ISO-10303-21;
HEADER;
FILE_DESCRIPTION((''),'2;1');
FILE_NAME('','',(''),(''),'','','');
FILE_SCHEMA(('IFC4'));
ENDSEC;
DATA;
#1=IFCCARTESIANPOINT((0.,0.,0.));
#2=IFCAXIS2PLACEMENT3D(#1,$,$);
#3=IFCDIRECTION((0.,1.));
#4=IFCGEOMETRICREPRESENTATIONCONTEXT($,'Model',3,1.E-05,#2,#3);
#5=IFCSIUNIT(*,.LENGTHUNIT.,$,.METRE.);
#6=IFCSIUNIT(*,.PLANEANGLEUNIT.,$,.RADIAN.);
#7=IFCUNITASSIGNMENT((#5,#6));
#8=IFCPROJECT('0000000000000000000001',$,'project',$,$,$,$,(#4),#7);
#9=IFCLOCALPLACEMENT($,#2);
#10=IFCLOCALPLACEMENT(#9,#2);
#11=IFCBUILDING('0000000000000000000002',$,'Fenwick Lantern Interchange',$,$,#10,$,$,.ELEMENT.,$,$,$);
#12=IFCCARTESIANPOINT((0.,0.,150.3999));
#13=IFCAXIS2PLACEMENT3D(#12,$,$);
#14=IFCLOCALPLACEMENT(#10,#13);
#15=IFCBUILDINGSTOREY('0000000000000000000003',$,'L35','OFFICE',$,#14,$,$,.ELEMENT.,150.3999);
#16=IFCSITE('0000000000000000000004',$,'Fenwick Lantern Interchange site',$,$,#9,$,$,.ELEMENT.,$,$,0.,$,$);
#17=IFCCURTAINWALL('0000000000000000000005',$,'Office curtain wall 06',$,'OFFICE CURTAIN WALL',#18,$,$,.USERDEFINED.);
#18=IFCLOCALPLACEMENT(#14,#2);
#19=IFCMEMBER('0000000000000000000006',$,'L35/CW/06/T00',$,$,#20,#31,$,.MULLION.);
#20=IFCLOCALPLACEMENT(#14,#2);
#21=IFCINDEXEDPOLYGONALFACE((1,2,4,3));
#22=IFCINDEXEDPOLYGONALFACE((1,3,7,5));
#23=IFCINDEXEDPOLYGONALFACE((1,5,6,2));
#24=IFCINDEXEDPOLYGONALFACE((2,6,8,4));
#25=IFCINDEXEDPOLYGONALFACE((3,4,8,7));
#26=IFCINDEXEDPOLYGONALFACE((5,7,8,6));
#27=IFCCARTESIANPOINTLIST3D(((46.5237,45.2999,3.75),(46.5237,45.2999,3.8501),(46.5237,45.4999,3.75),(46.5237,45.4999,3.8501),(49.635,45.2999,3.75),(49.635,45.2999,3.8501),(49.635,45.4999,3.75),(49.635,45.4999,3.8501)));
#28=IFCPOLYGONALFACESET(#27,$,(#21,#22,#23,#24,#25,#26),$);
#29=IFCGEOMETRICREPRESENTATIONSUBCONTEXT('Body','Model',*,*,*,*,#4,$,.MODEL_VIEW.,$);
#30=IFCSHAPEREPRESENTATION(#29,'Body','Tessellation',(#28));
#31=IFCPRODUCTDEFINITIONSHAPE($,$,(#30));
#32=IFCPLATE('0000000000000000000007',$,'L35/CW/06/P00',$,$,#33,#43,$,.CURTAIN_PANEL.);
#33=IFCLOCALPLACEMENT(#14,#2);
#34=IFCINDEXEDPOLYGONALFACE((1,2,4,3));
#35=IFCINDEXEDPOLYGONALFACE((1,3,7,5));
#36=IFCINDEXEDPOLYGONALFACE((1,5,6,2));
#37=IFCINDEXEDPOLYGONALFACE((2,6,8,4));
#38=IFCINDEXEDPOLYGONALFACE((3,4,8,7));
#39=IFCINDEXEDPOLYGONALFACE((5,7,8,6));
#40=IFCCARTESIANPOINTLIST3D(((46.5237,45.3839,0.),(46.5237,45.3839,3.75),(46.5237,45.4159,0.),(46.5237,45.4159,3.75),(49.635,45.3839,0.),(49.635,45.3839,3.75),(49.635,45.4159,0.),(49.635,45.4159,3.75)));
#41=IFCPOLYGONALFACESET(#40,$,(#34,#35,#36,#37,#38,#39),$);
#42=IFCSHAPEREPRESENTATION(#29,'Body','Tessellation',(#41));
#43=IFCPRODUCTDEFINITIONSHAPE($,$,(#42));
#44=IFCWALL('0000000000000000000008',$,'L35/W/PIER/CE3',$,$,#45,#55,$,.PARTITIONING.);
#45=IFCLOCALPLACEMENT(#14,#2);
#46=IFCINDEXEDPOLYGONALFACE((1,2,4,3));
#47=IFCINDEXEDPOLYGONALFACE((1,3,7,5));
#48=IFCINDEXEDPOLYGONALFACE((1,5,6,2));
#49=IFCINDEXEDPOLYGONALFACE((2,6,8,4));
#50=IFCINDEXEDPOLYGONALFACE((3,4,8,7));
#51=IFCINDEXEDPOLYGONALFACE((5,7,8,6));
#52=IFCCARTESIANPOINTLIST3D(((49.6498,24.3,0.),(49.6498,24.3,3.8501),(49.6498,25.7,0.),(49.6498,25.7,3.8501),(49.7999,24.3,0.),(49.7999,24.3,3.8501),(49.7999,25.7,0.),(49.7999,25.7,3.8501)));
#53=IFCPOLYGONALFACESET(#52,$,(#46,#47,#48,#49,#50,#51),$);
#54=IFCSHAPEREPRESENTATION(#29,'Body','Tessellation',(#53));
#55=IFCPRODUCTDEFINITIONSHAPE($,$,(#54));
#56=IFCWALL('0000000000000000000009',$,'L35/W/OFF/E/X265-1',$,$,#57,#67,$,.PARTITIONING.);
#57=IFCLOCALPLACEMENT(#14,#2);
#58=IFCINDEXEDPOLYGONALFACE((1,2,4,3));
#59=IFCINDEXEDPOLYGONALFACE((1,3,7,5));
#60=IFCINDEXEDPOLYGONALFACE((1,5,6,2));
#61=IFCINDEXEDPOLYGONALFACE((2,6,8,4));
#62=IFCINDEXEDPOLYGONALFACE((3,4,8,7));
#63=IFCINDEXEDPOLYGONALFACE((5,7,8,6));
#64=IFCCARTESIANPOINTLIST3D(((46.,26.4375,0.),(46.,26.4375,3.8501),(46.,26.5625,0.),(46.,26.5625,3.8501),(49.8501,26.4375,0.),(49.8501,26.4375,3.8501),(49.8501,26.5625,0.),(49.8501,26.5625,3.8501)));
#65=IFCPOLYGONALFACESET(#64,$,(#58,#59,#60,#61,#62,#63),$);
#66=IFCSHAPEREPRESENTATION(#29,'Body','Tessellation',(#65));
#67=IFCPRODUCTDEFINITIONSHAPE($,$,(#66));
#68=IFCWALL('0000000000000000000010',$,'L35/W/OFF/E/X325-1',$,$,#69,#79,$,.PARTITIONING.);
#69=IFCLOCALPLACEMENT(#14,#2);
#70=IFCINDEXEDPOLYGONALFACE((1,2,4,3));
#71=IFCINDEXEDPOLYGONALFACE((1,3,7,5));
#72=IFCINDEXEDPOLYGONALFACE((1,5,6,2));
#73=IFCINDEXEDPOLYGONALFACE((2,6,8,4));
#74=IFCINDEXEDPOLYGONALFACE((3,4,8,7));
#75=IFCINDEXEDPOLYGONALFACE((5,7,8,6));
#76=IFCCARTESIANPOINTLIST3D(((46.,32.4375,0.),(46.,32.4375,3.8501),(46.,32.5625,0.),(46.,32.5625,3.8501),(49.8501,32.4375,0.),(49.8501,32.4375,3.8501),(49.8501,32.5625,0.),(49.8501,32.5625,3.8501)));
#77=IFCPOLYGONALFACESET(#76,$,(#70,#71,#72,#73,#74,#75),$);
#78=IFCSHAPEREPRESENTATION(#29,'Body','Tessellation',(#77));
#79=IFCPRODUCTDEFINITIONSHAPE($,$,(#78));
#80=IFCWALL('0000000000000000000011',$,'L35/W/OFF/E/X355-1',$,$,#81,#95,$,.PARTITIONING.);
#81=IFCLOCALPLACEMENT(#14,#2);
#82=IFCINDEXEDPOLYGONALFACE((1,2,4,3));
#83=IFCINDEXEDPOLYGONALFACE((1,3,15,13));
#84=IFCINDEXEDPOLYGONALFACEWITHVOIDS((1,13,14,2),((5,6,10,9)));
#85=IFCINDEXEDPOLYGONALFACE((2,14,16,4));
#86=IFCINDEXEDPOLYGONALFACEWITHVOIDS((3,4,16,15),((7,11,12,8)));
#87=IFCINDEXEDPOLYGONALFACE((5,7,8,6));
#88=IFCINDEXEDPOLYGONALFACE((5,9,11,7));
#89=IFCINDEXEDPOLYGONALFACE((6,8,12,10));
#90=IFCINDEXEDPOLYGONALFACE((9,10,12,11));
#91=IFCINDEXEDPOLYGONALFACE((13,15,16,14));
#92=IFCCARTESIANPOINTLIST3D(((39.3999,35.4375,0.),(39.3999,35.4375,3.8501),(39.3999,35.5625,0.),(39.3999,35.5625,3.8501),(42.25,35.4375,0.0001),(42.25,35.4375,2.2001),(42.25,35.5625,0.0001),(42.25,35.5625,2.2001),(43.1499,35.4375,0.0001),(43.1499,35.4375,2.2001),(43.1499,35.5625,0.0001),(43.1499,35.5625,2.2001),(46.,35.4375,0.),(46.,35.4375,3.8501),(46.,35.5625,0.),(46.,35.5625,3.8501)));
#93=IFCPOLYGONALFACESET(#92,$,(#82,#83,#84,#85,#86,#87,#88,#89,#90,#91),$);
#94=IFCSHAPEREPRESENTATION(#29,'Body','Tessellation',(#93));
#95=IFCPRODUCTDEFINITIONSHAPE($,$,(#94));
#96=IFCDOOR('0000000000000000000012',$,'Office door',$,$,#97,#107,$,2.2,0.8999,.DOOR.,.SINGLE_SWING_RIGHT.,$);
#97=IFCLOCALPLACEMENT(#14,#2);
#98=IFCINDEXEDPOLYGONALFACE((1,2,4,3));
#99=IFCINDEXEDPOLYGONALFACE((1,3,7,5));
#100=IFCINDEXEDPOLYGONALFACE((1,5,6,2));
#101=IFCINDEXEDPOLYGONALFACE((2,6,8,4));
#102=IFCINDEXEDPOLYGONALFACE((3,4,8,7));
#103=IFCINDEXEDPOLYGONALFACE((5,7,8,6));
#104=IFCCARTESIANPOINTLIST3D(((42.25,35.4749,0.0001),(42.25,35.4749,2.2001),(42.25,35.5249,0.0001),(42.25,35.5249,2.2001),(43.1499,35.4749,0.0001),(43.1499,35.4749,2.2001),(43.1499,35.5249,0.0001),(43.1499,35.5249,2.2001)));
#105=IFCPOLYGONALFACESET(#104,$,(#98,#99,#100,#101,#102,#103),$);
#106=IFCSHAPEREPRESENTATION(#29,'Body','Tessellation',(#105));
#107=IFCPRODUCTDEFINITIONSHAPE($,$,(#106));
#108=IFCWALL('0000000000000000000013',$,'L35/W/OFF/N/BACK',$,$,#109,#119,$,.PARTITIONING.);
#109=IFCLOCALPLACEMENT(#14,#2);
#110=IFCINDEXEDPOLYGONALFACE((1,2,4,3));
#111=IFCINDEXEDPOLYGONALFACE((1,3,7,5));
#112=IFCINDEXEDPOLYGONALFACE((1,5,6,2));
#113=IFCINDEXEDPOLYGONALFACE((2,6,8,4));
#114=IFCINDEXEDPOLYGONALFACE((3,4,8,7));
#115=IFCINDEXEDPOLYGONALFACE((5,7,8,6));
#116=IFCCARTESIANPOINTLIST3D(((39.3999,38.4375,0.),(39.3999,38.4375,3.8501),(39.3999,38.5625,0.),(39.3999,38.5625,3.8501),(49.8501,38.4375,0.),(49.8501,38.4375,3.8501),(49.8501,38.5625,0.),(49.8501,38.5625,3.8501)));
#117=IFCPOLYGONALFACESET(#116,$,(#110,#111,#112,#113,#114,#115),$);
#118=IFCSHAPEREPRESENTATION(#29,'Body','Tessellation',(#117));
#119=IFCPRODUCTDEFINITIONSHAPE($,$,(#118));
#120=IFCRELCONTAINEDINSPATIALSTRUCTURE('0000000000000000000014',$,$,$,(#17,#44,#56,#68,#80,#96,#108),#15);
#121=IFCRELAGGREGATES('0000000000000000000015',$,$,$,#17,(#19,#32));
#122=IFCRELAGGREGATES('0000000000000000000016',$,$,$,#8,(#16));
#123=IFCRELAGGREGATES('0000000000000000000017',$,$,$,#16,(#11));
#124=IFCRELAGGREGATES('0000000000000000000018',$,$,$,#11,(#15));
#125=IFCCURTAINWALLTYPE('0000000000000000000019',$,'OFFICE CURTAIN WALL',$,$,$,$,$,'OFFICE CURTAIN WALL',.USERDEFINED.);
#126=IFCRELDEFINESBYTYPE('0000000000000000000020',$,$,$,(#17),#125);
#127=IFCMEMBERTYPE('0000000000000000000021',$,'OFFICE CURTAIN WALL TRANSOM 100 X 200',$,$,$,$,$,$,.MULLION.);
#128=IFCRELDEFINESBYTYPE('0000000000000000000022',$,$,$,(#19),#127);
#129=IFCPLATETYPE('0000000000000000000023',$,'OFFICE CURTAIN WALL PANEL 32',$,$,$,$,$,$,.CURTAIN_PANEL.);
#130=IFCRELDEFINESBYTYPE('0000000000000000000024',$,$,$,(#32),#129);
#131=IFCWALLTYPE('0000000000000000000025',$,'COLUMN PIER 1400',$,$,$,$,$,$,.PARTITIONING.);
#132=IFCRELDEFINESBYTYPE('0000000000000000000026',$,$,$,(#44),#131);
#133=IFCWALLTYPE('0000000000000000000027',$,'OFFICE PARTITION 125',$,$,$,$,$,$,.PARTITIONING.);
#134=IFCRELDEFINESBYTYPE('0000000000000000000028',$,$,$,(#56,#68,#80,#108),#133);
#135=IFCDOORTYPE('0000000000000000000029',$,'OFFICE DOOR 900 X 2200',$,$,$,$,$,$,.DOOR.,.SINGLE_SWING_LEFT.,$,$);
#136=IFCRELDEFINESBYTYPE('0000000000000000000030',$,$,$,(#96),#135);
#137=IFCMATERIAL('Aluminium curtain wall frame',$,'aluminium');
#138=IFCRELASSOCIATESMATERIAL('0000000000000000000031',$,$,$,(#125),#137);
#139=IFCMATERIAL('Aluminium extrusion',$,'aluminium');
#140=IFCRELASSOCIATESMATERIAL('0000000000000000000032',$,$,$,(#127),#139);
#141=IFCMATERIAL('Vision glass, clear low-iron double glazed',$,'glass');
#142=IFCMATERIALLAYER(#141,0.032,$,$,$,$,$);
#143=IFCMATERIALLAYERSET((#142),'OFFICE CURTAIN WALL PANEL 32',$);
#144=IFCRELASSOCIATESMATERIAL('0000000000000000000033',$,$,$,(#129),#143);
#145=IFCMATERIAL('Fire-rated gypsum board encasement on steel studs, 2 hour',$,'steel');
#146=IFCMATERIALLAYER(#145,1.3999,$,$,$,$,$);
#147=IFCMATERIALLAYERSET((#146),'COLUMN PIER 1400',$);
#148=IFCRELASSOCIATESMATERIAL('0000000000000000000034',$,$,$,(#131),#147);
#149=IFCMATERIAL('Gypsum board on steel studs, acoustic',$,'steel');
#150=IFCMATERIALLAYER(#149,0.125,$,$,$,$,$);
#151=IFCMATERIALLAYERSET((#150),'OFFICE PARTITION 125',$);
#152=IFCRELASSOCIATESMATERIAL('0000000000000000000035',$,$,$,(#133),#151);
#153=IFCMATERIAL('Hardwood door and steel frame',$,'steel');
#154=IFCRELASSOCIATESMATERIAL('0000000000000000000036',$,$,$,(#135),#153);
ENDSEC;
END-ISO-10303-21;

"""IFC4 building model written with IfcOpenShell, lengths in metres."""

from ifc_helpers import new_model, si_unit, direction, frame, frame_2d, origin, origin_2d, place, context, subcontext, project, spatial, rectangle, extrude, material, layer, layer_set, material_profile, profile_set, type_object, element, fill, aggregate, save


model = new_model("IFC4")

# Units and contexts
model_context = context("Model", 3, precision=1e-05, world=origin(), true_north=direction((0.0, 1.0)))
body_context = subcontext(model_context, "Body", "Model", "MODEL_VIEW")
ifc_project = project(units=[si_unit("LENGTHUNIT", "METRE"), si_unit("PLANEANGLEUNIT", "RADIAN")], contexts=[model_context])

# Site, building, storey
site_placement = place(None, origin())
site = spatial("IfcSite", under=ifc_project, at=site_placement, Name="Fenwick Lantern Interchange site", CompositionType="ELEMENT", RefElevation=0.0)
building_placement = place(site_placement, origin())
building = spatial("IfcBuilding", under=site, at=building_placement, Name="Fenwick Lantern Interchange", CompositionType="ELEMENT")
storey_placement = place(building_placement, frame((0.0, 0.0, 150.3999)))
storey = spatial("IfcBuildingStorey", under=building, at=storey_placement, Name="L35", Description="OFFICE", CompositionType="ELEMENT", Elevation=150.3999)

# Curtain wall
ifc_material_1 = material(Name="Aluminium curtain wall frame", Category="aluminium")
curtain_wall_type = type_object("IfcCurtainWallType", Name="OFFICE CURTAIN WALL", ElementType="OFFICE CURTAIN WALL", PredefinedType="USERDEFINED", material=ifc_material_1)
ifc_material_2 = material(Name="Aluminium extrusion", Category="aluminium")
curtain_wall_1_placement = place(storey_placement, origin())
curtain_wall_1 = element("IfcCurtainWall", 1, at=curtain_wall_1_placement, inside=storey, type_object=curtain_wall_type, Name="Office curtain wall 06", ObjectType="OFFICE CURTAIN WALL", PredefinedType="USERDEFINED")

# Member
ifc_material_profile_1 = material_profile(ifc_material_2, rectangle(XDim=0.2, YDim=0.1001, at=origin_2d()), Name="OFFICE CURTAIN WALL TRANSOM 100 X 200")
ifc_profile_set_1 = profile_set([ifc_material_profile_1], Name="Aluminium extrusion")
member_type_1 = type_object("IfcMemberType", Name="OFFICE CURTAIN WALL TRANSOM 100 X 200", PredefinedType="MULLION", material=ifc_profile_set_1)
member_1_placement = place(storey_placement, frame((49.635, 45.3999, 3.8), z_axis=(-1.0, 0.0, 0.0), x_axis=(0.0, -1.0, 0.0)))
member_1 = element("IfcMember", 2, at=member_1_placement, type_object=member_type_1, Name="L35/CW/06/T00", PredefinedType="MULLION", context=body_context, shape_type="SweptSolid", body=[
    extrude(rectangle(XDim=0.2, YDim=0.1001, at=origin_2d()), origin(), (0.0, 0.0, 1.0), 3.1113),
])

# Plate
ifc_material_3 = material(Name="Vision glass, clear low-iron double glazed", Category="glass")
ifc_layer_1 = layer(ifc_material_3, 0.032)
ifc_layer_set_1 = layer_set([ifc_layer_1], Name="OFFICE CURTAIN WALL PANEL 32")
plate_type = type_object("IfcPlateType", Name="OFFICE CURTAIN WALL PANEL 32", PredefinedType="CURTAIN_PANEL", material=ifc_layer_set_1)
plate_placement = place(storey_placement, frame((48.0793, 45.3999, 0.0), z_axis=(0.0, 0.0, 1.0), x_axis=(-1.0, 0.0, 0.0)))
plate = element("IfcPlate", 3, at=plate_placement, type_object=plate_type, Name="L35/CW/06/P00", PredefinedType="CURTAIN_PANEL", context=body_context, shape_type="SweptSolid", body=[
    extrude(rectangle(XDim=3.1113, YDim=0.032, at=origin_2d()), origin(), (0.0, 0.0, 1.0), 3.75),
])
aggregate(curtain_wall_1, [member_1, plate])

# Walls
ifc_material_4 = material(Name="Fire-rated gypsum board encasement on steel studs, 2 hour", Category="steel")
ifc_layer_2 = layer(ifc_material_4, 1.3999)
ifc_layer_set_2 = layer_set([ifc_layer_2], Name="COLUMN PIER 1400")
wall_type_1 = type_object("IfcWallType", Name="COLUMN PIER 1400", PredefinedType="PARTITIONING", material=ifc_layer_set_2)
wall_1_placement = place(storey_placement, frame((49.8, 25.0, 0.0), z_axis=(0.0, 0.0, 1.0), x_axis=(-1.0, 0.0, 0.0)))
element("IfcWall", 4, at=wall_1_placement, inside=storey, type_object=wall_type_1, Name="L35/W/PIER/CE3", PredefinedType="PARTITIONING", context=body_context, shape_type="SweptSolid", body=[
    extrude(rectangle(XDim=0.1501, YDim=1.3999, at=frame_2d((0.0752, 0.0))), origin(), (0.0, 0.0, 1.0), 3.8501),
])
ifc_material_5 = material(Name="Gypsum board on steel studs, acoustic", Category="steel")
ifc_layer_3 = layer(ifc_material_5, 0.125)
ifc_layer_set_3 = layer_set([ifc_layer_3], Name="OFFICE PARTITION 125")
wall_type_2 = type_object("IfcWallType", Name="OFFICE PARTITION 125", PredefinedType="PARTITIONING", material=ifc_layer_set_3)
for number, where, z_axis, x_axis, name in (
    (5, (49.8501, 26.5, 0.0), (0.0, 0.0, 1.0), (-1.0, 0.0, 0.0), "L35/W/OFF/E/X265-1"),
    (6, (49.8501, 32.5, 0.0), (0.0, 0.0, 1.0), (-1.0, 0.0, 0.0), "L35/W/OFF/E/X325-1"),
):
    element("IfcWall", number, at=place(storey_placement, frame(where, z_axis=z_axis, x_axis=x_axis)), inside=storey, type_object=wall_type_2, Name=name, PredefinedType="PARTITIONING", context=body_context, shape_type="SweptSolid", body=[
        extrude(rectangle(XDim=3.8501, YDim=0.125, at=frame_2d((1.925, 0.0))), origin(), (0.0, 0.0, 1.0), 3.8501),
    ])

# Wall, opening, door
wall_2_placement = place(storey_placement, frame((46.0, 35.5, 0.0), z_axis=(0.0, 0.0, 1.0), x_axis=(-1.0, 0.0, 0.0)))
wall_2 = element("IfcWall", 7, at=wall_2_placement, inside=storey, type_object=wall_type_2, Name="L35/W/OFF/E/X355-1", PredefinedType="PARTITIONING", context=body_context, shape_type="SweptSolid", body=[
    extrude(rectangle(XDim=6.6001, YDim=0.125, at=frame_2d((3.3, 0.0))), origin(), (0.0, 0.0, 1.0), 3.8501),
])
opening_placement = place(wall_2_placement, frame((2.8501, 0.0, 0.0)))
opening = element("IfcOpeningElement", 8, at=opening_placement, cuts=wall_2, PredefinedType="OPENING", context=body_context, shape_type="SweptSolid", body=[
    extrude(rectangle(XDim=0.8999, YDim=2.2, at=frame_2d((0.45, 1.1001))), frame((0.0, 0.0725, 0.0), z_axis=(0.0, -1.0, 0.0), x_axis=(1.0, 0.0, 0.0)), (0.0, 0.0, 1.0), 0.145),
])
ifc_material_6 = material(Name="Hardwood door and steel frame", Category="steel")
door_type = type_object("IfcDoorType", Name="OFFICE DOOR 900 X 2200", OperationType="SINGLE_SWING_LEFT", PredefinedType="DOOR", material=ifc_material_6)
door_placement = place(opening_placement, frame((0.8999, 0.0, 0.0), z_axis=(0.0, 0.0, 1.0), x_axis=(-1.0, 0.0, 0.0)))
door = element("IfcDoor", 9, at=door_placement, inside=storey, type_object=door_type, Name="Office door", OperationType="SINGLE_SWING_RIGHT", OverallHeight=2.2, OverallWidth=0.8999, PredefinedType="DOOR", context=body_context, shape_type="SweptSolid", body=[
    extrude(rectangle(XDim=0.8999, YDim=2.2, at=frame_2d((0.45, 1.1001))), frame((0.0, 0.0249, 0.0), z_axis=(0.0, -1.0, 0.0), x_axis=(1.0, 0.0, 0.0)), (0.0, 0.0, 1.0), 0.05),
])
fill(opening, door)

# Wall
wall_3_placement = place(storey_placement, frame((49.8501, 38.5, 0.0), z_axis=(0.0, 0.0, 1.0), x_axis=(-1.0, 0.0, 0.0)))
element("IfcWall", 10, at=wall_3_placement, inside=storey, type_object=wall_type_2, Name="L35/W/OFF/N/BACK", PredefinedType="PARTITIONING", context=body_context, shape_type="SweptSolid", body=[
    extrude(rectangle(XDim=10.4502, YDim=0.125, at=frame_2d((5.2251, 0.0))), origin(), (0.0, 0.0, 1.0), 3.8501),
])

save(model, "model.ifc")
